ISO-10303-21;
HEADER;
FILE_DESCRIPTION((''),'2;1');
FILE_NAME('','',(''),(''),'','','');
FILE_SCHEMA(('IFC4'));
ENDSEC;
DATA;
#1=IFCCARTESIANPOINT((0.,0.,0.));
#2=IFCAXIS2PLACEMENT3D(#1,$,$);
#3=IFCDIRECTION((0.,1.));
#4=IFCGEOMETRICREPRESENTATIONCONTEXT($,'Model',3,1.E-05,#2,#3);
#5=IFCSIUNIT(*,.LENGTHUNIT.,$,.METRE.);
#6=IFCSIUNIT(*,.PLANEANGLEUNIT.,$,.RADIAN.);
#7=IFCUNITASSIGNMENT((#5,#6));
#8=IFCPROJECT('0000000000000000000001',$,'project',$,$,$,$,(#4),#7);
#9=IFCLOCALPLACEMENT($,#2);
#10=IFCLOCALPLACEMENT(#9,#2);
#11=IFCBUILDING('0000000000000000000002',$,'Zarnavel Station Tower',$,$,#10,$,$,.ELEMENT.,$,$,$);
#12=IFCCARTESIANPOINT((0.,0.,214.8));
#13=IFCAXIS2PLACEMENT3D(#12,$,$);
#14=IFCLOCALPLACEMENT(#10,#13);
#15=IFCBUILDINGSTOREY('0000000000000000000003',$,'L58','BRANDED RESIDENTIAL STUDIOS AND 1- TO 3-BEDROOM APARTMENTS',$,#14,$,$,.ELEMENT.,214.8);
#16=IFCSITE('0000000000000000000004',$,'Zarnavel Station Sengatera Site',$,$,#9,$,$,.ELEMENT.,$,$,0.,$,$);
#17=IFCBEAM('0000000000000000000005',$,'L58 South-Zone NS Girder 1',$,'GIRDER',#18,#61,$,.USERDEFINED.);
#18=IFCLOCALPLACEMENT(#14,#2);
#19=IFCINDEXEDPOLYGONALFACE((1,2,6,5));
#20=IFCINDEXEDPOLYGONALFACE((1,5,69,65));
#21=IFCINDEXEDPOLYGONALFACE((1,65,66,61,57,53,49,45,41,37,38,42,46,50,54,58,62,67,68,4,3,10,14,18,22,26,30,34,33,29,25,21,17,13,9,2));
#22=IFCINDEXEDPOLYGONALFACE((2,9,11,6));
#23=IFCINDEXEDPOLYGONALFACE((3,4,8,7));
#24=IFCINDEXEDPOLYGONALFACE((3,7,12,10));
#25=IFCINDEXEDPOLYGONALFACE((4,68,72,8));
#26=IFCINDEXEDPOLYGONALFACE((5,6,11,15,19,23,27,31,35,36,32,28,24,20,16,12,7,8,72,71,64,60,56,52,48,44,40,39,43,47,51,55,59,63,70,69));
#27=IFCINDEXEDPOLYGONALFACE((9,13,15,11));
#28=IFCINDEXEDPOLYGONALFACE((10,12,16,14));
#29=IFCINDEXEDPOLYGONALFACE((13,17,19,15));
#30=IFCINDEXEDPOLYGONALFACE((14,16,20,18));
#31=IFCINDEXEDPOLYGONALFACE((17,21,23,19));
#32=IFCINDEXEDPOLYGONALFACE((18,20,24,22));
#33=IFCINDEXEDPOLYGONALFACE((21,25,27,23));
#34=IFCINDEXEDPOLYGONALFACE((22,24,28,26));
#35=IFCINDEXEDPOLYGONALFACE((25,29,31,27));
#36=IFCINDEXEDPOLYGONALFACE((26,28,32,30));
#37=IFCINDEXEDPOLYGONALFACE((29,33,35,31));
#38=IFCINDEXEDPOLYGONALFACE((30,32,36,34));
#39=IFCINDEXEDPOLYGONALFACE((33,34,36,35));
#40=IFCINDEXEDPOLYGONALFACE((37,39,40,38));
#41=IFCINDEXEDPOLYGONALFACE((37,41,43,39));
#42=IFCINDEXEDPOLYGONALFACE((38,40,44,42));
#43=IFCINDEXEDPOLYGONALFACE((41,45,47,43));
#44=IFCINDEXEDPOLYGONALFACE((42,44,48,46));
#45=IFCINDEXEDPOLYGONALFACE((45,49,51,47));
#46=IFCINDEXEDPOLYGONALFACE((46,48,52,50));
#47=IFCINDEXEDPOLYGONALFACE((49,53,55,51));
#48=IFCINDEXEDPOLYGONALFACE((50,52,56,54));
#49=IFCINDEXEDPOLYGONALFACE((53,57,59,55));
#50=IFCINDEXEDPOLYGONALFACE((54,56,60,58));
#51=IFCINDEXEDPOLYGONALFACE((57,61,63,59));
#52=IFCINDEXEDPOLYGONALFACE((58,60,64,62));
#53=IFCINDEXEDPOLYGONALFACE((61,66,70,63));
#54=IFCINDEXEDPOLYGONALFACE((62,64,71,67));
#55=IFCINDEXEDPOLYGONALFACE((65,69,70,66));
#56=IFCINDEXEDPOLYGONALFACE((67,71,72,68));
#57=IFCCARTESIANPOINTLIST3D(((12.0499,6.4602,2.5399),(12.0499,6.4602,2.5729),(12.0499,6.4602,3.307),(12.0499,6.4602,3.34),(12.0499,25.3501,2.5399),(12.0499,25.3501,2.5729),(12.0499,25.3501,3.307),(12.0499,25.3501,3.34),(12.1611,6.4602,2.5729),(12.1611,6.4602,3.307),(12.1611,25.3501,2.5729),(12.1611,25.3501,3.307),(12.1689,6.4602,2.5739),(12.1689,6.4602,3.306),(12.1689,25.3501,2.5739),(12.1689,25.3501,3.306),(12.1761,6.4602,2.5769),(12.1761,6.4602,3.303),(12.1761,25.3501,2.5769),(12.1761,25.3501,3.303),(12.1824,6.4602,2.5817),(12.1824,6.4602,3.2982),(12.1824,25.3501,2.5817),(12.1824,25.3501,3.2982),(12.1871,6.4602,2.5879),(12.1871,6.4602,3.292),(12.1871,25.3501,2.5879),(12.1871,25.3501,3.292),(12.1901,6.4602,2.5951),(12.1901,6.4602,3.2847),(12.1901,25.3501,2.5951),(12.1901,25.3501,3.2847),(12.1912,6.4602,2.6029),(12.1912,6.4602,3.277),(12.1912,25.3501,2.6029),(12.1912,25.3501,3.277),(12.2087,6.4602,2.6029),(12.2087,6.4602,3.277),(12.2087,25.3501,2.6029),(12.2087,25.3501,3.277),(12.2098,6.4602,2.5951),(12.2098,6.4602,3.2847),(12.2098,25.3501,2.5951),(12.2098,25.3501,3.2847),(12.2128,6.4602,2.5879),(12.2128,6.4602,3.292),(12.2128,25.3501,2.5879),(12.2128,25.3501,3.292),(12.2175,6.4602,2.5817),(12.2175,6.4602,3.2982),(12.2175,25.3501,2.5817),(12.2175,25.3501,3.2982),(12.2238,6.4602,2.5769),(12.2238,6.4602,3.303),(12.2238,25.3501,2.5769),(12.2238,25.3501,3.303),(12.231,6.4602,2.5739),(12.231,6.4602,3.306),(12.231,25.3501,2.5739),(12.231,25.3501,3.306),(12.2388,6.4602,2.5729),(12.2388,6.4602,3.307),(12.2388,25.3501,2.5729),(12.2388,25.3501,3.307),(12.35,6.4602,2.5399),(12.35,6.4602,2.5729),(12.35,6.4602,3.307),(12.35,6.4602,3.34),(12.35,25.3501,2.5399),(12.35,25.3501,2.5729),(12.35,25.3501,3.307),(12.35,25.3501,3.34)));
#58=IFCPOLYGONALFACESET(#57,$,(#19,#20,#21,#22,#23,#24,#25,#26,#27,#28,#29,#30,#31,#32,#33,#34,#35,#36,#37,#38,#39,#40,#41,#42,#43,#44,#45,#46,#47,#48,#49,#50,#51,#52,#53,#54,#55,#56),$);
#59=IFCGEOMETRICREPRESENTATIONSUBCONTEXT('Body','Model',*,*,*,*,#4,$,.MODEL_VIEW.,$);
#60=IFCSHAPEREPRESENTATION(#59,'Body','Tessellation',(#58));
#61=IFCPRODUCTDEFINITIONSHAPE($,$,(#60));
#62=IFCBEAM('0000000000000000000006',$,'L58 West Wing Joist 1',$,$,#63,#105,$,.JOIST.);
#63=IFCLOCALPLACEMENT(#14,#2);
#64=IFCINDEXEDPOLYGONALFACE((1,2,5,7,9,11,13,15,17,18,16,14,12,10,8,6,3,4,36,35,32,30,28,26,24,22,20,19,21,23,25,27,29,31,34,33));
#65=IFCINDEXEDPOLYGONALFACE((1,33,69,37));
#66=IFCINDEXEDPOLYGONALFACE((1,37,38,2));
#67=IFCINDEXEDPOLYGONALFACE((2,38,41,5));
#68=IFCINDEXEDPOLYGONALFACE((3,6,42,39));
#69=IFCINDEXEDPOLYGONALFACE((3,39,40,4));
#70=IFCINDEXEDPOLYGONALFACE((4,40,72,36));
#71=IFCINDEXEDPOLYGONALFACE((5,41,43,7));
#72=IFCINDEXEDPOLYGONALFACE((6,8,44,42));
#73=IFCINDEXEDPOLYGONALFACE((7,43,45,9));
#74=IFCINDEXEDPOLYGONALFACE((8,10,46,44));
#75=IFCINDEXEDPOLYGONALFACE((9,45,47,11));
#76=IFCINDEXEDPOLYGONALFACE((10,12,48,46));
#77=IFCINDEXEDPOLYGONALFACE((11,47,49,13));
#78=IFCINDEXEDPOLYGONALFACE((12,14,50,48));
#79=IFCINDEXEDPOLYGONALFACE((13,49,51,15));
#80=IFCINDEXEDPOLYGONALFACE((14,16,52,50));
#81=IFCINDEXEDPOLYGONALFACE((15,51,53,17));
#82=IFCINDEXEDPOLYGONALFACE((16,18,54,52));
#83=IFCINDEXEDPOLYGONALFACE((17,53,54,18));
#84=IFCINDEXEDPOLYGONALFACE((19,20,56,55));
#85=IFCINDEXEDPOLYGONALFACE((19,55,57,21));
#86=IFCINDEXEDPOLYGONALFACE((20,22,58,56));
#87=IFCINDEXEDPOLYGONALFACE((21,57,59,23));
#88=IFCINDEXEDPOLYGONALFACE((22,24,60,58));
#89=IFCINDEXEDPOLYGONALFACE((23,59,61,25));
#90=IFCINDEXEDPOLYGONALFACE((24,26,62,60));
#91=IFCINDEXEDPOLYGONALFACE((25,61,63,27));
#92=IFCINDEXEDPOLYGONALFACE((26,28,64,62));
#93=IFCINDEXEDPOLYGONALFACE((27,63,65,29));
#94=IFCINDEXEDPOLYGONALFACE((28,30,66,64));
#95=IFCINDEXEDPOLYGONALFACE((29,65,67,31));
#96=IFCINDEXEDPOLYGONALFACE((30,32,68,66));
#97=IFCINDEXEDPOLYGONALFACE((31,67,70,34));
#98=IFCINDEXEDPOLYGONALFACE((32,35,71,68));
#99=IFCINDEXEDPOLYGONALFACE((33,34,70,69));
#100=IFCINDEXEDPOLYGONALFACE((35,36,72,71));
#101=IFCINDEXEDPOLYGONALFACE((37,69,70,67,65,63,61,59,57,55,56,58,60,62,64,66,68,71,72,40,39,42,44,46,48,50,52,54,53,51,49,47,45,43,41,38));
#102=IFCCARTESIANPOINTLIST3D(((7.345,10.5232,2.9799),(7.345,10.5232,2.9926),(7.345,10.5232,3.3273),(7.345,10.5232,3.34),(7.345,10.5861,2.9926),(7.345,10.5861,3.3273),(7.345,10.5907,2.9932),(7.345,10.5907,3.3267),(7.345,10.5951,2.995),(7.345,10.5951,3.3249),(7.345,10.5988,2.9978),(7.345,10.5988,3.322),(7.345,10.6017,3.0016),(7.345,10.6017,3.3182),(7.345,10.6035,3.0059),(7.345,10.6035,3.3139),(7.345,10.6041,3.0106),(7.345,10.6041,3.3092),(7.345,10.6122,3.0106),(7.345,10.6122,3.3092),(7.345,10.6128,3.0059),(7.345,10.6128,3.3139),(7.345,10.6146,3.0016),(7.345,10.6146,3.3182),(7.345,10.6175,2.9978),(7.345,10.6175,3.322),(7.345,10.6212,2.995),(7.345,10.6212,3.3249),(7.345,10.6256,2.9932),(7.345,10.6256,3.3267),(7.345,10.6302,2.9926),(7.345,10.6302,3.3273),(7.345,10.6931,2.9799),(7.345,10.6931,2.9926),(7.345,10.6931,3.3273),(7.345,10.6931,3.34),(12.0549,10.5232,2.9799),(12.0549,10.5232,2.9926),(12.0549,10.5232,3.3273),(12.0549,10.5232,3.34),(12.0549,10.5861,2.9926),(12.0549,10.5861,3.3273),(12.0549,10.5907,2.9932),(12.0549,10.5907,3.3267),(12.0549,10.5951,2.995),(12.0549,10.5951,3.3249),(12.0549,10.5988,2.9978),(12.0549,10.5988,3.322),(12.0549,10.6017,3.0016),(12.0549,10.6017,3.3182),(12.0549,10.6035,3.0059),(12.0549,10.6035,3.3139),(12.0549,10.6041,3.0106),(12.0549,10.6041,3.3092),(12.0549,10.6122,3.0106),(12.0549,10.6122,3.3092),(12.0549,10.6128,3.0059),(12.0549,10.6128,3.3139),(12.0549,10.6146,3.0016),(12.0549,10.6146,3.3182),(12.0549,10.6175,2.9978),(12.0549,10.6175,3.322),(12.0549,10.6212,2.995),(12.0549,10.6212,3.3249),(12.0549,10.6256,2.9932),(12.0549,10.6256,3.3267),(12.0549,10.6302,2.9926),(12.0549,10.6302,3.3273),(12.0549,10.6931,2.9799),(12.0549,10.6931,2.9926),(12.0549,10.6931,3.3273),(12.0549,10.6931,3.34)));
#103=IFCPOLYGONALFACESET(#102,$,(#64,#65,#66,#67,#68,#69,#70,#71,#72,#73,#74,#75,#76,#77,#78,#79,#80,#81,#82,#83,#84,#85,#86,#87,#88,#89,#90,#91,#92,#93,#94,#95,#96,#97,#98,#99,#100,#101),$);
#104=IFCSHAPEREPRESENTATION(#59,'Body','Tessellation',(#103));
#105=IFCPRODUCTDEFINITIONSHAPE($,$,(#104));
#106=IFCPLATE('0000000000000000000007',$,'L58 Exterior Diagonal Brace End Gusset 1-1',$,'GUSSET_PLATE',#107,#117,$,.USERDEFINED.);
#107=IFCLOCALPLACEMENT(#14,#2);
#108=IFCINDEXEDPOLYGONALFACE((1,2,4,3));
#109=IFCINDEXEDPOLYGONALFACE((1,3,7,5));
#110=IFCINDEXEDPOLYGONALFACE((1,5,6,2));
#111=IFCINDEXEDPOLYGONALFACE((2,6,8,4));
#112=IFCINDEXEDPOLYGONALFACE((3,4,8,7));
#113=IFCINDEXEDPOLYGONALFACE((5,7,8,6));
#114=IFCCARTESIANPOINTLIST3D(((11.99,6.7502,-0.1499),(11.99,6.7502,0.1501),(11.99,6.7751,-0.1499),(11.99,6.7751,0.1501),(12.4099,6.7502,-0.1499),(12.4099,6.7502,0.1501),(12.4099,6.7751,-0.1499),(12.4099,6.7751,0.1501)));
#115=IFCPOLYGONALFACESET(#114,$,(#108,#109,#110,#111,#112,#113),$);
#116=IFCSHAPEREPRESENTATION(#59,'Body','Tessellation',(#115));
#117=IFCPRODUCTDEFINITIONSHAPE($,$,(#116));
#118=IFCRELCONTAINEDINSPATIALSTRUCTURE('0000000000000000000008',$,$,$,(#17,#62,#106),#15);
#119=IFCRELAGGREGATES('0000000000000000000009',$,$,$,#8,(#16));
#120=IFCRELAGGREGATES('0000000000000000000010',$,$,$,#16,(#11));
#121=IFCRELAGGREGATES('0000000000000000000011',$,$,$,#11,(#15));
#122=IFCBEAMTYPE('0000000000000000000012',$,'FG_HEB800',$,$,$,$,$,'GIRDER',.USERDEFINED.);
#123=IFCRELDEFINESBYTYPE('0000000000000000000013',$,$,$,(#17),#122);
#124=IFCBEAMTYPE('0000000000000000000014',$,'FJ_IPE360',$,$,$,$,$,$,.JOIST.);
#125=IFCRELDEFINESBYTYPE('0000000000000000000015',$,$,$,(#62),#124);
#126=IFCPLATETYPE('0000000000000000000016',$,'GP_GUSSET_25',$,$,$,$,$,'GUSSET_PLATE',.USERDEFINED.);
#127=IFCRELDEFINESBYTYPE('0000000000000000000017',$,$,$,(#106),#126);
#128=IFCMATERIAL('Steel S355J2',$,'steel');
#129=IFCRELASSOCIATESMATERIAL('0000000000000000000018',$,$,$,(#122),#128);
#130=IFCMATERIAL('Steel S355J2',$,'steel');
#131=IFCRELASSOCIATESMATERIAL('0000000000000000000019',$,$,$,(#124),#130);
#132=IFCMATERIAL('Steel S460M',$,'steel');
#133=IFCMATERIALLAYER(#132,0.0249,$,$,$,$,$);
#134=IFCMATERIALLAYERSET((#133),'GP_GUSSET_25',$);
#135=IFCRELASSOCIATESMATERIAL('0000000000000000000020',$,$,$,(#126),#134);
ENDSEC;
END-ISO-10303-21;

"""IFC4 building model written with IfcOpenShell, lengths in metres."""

from ifc_helpers import new_model, si_unit, direction, frame, origin, origin_2d, place, context, subcontext, project, spatial, rectangle, i_section, extrude, material, layer, layer_set, material_profile, profile_set, type_object, element, save


model = new_model("IFC4")

# Units and contexts
model_context = context("Model", 3, precision=1e-05, world=origin(), true_north=direction((0.0, 1.0)))
body_context = subcontext(model_context, "Body", "Model", "MODEL_VIEW")
ifc_project = project(units=[si_unit("LENGTHUNIT", "METRE"), si_unit("PLANEANGLEUNIT", "RADIAN")], contexts=[model_context])

# Site, building, storey
site_placement = place(None, origin())
site = spatial("IfcSite", under=ifc_project, at=site_placement, Name="Zarnavel Station Sengatera Site", CompositionType="ELEMENT", RefElevation=0.0)
building_placement = place(site_placement, origin())
building = spatial("IfcBuilding", under=site, at=building_placement, Name="Zarnavel Station Tower", CompositionType="ELEMENT")
storey_placement = place(building_placement, frame((0.0, 0.0, 214.8)))
storey = spatial("IfcBuildingStorey", under=building, at=storey_placement, Name="L58", Description="BRANDED RESIDENTIAL STUDIOS AND 1- TO 3-BEDROOM APARTMENTS", CompositionType="ELEMENT", Elevation=214.8)

# Beams
ifc_material_1 = material(Name="Steel S355J2", Category="steel")
ifc_material_profile_1 = material_profile(ifc_material_1, i_section(OverallWidth=0.3, OverallDepth=0.8, WebThickness=0.0176, FlangeThickness=0.033, FilletRadius=0.03, at=origin_2d()), Name="HEB800")
ifc_profile_set_1 = profile_set([ifc_material_profile_1], Name="Steel S355J2")
beam_type_1 = type_object("IfcBeamType", Name="FG_HEB800", ElementType="GIRDER", PredefinedType="USERDEFINED", material=ifc_profile_set_1)
beam_1_placement = place(storey_placement, frame((12.2, 6.4602, 2.9399), z_axis=(0.0, 1.0, 0.0), x_axis=(-1.0, 0.0, 0.0)))
element("IfcBeam", 1, at=beam_1_placement, inside=storey, type_object=beam_type_1, Name="L58 South-Zone NS Girder 1", ObjectType="GIRDER", PredefinedType="USERDEFINED", context=body_context, shape_type="SweptSolid", body=[
    extrude(i_section(OverallWidth=0.3, OverallDepth=0.8, WebThickness=0.0176, FlangeThickness=0.033, FilletRadius=0.03, at=origin_2d()), origin(), (0.0, 0.0, 1.0), 18.8899),
])
ifc_material_2 = material(Name="Steel S355J2", Category="steel")
ifc_material_profile_2 = material_profile(ifc_material_2, i_section(OverallWidth=0.1699, OverallDepth=0.3601, WebThickness=0.0081, FlangeThickness=0.0127, FilletRadius=0.0181, at=origin_2d()), Name="IPE360")
ifc_profile_set_2 = profile_set([ifc_material_profile_2], Name="Steel S355J2")
beam_type_2 = type_object("IfcBeamType", Name="FJ_IPE360", PredefinedType="JOIST", material=ifc_profile_set_2)
beam_2_placement = place(storey_placement, frame((7.345, 10.6082, 3.1599), z_axis=(1.0, 0.0, 0.0), x_axis=(0.0, 1.0, 0.0)))
element("IfcBeam", 2, at=beam_2_placement, inside=storey, type_object=beam_type_2, Name="L58 West Wing Joist 1", PredefinedType="JOIST", context=body_context, shape_type="SweptSolid", body=[
    extrude(i_section(OverallWidth=0.1699, OverallDepth=0.3601, WebThickness=0.0081, FlangeThickness=0.0127, FilletRadius=0.0181, at=origin_2d()), origin(), (0.0, 0.0, 1.0), 4.71),
])

# Plate
ifc_material_3 = material(Name="Steel S460M", Category="steel")
ifc_layer_1 = layer(ifc_material_3, 0.0249)
ifc_layer_set_1 = layer_set([ifc_layer_1], Name="GP_GUSSET_25")
plate_type = type_object("IfcPlateType", Name="GP_GUSSET_25", ElementType="GUSSET_PLATE", PredefinedType="USERDEFINED", material=ifc_layer_set_1)
plate_placement = place(storey_placement, frame((12.2, 6.7627, -0.1499), z_axis=(0.0, 0.0, 1.0), x_axis=(1.0, 0.0, 0.0)))
element("IfcPlate", 3, at=plate_placement, inside=storey, type_object=plate_type, Name="L58 Exterior Diagonal Brace End Gusset 1-1", ObjectType="GUSSET_PLATE", PredefinedType="USERDEFINED", context=body_context, shape_type="SweptSolid", body=[
    extrude(rectangle(XDim=0.4199, YDim=0.0249, at=origin_2d()), origin(), (0.0, 0.0, 1.0), 0.3),
])

save(model, "model.ifc")
